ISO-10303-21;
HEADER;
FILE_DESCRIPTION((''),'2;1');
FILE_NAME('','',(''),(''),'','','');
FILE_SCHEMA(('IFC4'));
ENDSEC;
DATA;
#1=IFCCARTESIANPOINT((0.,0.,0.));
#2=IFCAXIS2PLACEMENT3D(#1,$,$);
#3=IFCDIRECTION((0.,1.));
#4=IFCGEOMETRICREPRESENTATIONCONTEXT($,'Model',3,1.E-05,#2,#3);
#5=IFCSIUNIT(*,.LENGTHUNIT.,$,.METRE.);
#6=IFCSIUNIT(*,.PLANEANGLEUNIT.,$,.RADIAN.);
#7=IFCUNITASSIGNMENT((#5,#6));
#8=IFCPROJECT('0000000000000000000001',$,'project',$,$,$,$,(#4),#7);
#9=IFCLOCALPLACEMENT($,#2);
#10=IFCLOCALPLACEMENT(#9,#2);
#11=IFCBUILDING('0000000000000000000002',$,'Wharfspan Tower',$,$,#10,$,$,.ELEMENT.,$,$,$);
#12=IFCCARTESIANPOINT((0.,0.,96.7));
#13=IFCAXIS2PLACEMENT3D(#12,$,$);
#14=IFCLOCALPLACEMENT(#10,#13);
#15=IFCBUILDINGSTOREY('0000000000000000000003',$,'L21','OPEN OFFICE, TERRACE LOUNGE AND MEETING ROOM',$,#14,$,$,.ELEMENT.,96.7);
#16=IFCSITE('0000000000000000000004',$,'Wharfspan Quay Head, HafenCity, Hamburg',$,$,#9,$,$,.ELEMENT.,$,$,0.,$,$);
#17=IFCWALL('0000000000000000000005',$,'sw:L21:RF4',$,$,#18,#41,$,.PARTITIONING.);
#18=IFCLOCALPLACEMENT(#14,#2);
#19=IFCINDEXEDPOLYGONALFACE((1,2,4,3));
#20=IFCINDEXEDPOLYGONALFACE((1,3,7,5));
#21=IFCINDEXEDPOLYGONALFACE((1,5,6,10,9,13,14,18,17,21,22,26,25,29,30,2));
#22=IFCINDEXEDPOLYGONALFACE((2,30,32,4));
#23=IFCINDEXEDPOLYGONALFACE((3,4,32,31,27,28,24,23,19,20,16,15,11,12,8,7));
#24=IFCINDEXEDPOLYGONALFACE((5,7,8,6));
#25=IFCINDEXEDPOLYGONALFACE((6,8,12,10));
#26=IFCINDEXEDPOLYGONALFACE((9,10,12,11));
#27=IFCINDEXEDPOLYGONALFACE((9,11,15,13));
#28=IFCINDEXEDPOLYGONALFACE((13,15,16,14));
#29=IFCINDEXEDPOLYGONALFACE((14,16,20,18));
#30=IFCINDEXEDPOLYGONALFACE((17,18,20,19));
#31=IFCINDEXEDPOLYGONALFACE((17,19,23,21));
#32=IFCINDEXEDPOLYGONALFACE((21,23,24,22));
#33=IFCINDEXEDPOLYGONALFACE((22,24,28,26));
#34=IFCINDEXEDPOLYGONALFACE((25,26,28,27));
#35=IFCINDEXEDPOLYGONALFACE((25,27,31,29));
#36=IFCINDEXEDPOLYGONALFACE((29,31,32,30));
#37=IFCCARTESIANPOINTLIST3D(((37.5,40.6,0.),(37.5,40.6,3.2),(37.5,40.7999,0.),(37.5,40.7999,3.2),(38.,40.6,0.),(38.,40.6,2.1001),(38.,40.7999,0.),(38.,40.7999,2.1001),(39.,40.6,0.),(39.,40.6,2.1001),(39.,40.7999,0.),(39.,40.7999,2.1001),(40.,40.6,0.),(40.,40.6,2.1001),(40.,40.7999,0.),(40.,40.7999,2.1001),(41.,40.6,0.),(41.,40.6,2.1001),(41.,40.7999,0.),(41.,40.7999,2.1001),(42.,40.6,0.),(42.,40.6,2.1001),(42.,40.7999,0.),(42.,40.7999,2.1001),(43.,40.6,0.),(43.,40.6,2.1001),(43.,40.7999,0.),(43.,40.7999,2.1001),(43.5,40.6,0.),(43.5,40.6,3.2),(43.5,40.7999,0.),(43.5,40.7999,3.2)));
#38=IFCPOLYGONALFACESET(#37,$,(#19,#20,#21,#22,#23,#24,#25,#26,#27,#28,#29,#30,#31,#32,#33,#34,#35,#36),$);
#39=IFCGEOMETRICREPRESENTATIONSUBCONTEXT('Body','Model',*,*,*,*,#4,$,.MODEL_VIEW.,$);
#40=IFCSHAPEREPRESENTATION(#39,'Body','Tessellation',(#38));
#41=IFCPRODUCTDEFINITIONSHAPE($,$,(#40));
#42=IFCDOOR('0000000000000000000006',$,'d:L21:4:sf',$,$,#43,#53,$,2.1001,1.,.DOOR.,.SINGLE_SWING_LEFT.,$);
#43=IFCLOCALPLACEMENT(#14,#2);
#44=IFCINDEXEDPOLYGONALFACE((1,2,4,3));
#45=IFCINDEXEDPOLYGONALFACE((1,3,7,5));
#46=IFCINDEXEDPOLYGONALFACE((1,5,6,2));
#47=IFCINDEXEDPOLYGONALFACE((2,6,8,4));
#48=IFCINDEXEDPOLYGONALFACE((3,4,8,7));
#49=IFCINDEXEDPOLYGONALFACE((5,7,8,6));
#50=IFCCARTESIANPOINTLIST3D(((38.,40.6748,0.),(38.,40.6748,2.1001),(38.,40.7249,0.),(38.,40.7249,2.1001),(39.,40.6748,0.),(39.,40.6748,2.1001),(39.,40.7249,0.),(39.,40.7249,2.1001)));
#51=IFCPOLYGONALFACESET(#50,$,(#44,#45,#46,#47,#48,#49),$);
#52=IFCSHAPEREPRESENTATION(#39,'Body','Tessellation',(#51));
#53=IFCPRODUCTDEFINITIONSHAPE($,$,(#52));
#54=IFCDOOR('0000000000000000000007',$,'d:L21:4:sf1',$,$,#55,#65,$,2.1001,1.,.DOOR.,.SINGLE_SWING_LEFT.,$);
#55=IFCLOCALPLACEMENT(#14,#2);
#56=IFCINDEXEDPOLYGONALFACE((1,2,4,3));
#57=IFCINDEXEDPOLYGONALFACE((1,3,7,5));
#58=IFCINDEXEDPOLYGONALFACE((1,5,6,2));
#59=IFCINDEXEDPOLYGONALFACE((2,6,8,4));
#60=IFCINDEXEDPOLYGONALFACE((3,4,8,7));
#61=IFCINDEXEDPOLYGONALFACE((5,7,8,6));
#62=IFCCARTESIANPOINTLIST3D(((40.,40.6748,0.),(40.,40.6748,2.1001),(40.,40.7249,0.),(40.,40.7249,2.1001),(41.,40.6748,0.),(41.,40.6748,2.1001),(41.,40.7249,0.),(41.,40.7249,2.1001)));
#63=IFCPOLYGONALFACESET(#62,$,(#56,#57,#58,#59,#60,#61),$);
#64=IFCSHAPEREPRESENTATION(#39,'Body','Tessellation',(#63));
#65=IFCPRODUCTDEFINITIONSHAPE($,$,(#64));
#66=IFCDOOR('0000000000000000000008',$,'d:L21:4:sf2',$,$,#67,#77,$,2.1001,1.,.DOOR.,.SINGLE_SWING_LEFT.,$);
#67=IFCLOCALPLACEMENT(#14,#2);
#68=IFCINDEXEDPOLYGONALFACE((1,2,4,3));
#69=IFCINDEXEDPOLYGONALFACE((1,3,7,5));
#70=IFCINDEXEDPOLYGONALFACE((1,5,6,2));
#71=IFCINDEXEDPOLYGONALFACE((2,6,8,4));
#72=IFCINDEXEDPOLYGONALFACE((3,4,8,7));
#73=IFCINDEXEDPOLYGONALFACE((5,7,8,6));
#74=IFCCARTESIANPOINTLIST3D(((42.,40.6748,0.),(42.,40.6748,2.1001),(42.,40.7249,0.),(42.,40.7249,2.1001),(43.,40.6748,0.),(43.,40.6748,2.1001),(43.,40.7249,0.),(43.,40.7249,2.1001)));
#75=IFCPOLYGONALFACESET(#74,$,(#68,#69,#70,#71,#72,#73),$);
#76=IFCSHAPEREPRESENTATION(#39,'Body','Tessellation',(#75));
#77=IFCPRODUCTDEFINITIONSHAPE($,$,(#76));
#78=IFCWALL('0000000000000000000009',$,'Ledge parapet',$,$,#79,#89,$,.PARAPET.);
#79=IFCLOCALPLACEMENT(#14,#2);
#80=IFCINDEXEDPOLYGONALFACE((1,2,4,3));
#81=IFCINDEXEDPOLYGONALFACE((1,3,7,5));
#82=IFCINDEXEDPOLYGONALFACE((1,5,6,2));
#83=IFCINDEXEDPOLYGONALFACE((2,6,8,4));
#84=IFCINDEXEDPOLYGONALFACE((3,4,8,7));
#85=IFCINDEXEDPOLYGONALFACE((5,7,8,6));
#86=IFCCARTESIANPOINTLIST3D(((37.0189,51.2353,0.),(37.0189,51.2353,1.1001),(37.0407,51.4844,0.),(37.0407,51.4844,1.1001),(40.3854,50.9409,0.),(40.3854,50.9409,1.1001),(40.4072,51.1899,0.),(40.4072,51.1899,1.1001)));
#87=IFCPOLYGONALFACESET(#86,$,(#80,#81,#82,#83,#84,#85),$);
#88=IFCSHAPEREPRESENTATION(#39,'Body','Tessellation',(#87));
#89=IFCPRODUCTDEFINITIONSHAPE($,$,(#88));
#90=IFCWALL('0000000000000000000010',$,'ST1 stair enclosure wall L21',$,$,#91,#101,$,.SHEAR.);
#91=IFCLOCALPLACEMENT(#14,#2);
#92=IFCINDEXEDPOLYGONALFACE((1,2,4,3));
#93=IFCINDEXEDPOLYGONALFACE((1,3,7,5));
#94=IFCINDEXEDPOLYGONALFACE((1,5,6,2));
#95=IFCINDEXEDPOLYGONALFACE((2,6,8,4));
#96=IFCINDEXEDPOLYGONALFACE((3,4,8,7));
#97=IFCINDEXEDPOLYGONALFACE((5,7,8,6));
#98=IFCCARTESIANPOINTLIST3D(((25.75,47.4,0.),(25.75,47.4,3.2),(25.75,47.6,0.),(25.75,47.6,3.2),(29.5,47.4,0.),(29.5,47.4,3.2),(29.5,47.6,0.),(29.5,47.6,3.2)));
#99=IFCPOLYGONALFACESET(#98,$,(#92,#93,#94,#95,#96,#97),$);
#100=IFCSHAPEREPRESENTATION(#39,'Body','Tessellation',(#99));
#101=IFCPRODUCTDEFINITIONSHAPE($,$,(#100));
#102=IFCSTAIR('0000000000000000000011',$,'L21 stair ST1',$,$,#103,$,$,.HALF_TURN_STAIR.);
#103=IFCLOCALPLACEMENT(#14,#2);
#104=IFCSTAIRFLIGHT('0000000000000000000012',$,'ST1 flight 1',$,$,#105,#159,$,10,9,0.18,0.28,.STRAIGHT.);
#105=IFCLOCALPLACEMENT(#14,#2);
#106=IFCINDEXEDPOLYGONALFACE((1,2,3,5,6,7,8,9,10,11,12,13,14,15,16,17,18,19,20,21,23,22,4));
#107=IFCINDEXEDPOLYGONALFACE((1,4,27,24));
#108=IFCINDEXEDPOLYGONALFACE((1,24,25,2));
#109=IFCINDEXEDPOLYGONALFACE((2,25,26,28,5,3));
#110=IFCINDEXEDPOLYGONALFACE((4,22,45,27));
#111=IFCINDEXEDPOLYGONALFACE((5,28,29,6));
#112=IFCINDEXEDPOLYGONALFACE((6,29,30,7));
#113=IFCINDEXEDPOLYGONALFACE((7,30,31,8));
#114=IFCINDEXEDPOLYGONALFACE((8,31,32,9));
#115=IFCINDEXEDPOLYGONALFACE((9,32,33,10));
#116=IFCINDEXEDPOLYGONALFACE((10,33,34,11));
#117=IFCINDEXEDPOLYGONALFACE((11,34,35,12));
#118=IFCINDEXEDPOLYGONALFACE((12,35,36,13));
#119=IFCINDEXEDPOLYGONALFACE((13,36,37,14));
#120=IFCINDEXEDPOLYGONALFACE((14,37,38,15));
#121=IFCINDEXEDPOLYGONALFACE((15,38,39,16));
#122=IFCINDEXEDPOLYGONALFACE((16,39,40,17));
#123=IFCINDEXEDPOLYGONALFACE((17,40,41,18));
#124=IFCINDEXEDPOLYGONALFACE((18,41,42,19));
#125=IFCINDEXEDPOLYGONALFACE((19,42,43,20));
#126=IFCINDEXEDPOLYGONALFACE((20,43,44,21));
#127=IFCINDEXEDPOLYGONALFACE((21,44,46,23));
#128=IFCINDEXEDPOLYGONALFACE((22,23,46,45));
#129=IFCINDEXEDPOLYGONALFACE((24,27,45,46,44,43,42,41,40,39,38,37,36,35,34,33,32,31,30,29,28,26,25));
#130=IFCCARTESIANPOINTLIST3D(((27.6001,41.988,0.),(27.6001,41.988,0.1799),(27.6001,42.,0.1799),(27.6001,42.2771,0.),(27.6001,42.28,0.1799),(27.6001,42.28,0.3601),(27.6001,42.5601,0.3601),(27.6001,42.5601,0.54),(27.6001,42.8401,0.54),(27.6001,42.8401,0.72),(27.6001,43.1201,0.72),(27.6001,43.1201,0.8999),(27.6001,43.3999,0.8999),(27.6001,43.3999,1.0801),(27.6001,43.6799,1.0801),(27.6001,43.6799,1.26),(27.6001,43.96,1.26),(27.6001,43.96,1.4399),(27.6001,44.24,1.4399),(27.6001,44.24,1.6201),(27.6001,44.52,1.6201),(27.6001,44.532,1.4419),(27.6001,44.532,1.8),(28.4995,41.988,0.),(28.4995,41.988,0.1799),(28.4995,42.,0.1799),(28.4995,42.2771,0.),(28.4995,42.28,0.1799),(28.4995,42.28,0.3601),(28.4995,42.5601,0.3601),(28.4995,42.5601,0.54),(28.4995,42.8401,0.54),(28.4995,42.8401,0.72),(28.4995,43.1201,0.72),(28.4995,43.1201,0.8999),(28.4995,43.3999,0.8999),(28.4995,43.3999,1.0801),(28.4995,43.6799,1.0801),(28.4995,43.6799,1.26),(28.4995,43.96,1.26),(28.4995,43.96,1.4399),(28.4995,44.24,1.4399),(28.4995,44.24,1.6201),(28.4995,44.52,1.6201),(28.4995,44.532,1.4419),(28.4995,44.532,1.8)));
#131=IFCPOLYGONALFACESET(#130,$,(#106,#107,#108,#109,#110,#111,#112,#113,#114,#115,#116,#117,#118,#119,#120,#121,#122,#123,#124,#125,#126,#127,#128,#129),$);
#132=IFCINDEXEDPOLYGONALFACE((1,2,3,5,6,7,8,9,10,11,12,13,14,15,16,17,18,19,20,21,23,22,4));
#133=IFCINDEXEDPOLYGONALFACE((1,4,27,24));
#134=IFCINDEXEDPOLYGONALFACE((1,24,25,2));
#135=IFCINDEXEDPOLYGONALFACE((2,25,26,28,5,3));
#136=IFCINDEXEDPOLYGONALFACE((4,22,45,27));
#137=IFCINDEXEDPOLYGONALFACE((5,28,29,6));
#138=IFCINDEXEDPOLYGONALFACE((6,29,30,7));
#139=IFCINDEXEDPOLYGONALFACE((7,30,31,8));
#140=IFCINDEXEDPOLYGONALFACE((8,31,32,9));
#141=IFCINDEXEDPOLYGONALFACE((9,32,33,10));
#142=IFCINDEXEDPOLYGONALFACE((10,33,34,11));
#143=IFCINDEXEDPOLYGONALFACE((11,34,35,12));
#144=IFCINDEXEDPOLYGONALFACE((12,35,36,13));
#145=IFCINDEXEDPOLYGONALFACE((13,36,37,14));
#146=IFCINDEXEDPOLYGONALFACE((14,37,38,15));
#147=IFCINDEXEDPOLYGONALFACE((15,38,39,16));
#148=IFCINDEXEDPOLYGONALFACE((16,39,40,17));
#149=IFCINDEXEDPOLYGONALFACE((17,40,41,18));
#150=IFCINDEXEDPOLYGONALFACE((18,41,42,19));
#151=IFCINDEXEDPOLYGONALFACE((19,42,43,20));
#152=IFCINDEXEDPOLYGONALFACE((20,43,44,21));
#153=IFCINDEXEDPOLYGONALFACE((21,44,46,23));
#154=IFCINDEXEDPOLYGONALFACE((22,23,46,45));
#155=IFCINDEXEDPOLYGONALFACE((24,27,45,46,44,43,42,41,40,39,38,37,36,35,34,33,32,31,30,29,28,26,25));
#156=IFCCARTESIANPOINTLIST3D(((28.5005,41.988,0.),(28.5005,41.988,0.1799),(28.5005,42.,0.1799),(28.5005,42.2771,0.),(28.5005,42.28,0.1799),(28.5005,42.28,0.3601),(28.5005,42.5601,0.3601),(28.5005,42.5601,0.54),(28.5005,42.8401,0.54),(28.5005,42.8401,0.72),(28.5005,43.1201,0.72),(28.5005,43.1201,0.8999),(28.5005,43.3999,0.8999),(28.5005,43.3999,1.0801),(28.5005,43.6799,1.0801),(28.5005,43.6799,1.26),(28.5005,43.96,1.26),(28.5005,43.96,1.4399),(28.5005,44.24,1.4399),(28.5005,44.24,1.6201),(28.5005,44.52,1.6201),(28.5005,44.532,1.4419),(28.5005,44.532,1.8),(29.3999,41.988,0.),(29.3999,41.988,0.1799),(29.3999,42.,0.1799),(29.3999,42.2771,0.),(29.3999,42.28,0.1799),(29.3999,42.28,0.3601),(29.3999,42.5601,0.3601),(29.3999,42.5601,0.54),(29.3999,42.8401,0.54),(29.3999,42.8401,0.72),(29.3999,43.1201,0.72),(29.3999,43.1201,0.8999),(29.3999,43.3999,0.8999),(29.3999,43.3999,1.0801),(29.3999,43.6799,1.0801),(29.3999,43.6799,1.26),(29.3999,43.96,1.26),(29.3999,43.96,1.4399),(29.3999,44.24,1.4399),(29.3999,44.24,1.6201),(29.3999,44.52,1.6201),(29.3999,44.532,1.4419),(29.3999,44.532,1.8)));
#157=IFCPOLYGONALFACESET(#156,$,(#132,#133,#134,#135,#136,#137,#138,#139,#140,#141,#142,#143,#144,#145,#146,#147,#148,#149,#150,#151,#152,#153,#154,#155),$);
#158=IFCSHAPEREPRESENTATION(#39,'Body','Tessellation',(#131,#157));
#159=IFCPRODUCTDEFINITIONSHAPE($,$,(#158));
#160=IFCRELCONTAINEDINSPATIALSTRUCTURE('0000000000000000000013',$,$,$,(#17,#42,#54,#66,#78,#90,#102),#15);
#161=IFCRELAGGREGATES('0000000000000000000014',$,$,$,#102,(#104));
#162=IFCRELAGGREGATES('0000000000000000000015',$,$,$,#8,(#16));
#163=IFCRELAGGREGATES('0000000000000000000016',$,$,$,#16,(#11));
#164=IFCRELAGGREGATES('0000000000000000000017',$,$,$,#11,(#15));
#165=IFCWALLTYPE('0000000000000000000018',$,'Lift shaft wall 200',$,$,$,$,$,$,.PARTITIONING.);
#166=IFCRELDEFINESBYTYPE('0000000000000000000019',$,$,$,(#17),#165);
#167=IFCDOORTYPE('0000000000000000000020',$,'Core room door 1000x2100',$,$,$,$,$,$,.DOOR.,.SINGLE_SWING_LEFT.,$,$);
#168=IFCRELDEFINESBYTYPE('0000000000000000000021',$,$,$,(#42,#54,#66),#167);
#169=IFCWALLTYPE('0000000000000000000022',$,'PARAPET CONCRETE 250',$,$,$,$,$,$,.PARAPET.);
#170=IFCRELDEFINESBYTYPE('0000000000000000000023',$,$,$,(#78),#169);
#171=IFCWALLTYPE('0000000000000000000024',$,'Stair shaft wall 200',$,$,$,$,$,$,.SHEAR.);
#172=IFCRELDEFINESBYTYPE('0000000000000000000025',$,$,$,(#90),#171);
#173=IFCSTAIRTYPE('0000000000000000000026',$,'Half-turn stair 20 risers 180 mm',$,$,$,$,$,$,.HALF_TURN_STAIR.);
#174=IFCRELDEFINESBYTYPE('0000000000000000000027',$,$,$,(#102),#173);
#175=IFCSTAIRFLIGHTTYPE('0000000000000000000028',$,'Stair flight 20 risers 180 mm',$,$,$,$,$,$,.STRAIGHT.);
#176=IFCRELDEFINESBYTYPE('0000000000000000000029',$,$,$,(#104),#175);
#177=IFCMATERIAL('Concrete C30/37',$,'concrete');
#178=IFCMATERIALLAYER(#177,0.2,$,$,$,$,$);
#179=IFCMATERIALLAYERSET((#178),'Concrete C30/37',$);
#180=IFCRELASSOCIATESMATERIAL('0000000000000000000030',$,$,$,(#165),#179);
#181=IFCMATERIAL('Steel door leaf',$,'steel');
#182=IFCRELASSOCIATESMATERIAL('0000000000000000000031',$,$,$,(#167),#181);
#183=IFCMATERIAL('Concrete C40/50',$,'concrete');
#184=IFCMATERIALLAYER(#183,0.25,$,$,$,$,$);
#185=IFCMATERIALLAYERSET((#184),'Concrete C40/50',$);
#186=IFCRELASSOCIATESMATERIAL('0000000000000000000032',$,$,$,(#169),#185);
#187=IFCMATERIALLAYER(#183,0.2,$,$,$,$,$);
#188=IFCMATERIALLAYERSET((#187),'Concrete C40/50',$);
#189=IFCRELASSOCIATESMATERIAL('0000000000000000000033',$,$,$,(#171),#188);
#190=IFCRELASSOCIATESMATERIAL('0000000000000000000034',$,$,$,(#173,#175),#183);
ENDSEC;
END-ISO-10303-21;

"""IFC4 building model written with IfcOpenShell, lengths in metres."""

from ifc_helpers import new_model, si_unit, direction, frame, frame_2d, origin, place, context, subcontext, project, spatial, polyline, rectangle, outline, extrude, material, layer, layer_set, type_object, element, fill, aggregate, save


model = new_model("IFC4")

# Units and contexts
model_context = context("Model", 3, precision=1e-05, world=origin(), true_north=direction((0.0, 1.0)))
body_context = subcontext(model_context, "Body", "Model", "MODEL_VIEW")
ifc_project = project(units=[si_unit("LENGTHUNIT", "METRE"), si_unit("PLANEANGLEUNIT", "RADIAN")], contexts=[model_context])

# Site, building, storey
site_placement = place(None, origin())
site = spatial("IfcSite", under=ifc_project, at=site_placement, Name="Wharfspan Quay Head, HafenCity, Hamburg", CompositionType="ELEMENT", RefElevation=0.0)
building_placement = place(site_placement, origin())
building = spatial("IfcBuilding", under=site, at=building_placement, Name="Wharfspan Tower", CompositionType="ELEMENT")
storey_placement = place(building_placement, frame((0.0, 0.0, 96.7)))
storey = spatial("IfcBuildingStorey", under=building, at=storey_placement, Name="L21", Description="OPEN OFFICE, TERRACE LOUNGE AND MEETING ROOM", CompositionType="ELEMENT", Elevation=96.7)

# Wall, openings, doors
ifc_material_1 = material(Name="Concrete C30/37", Category="concrete")
ifc_layer_1 = layer(ifc_material_1, 0.2)
ifc_layer_set_1 = layer_set([ifc_layer_1], Name="Concrete C30/37")
wall_type_1 = type_object("IfcWallType", Name="Lift shaft wall 200", PredefinedType="PARTITIONING", material=ifc_layer_set_1)
ifc_material_2 = material(Name="Steel door leaf", Category="steel")
door_type = type_object("IfcDoorType", Name="Core room door 1000x2100", OperationType="SINGLE_SWING_LEFT", PredefinedType="DOOR", material=ifc_material_2)
wall_1_placement = place(storey_placement, frame((37.5, 40.7, 0.0), z_axis=(0.0, 0.0, 1.0), x_axis=(1.0, 0.0, 0.0)))
wall_1 = element("IfcWall", 1, at=wall_1_placement, inside=storey, type_object=wall_type_1, Name="sw:L21:RF4", PredefinedType="PARTITIONING", context=body_context, shape_type="SweptSolid", body=[
    extrude(rectangle(XDim=6.0, YDim=0.2, at=frame_2d((3.0, 0.0))), origin(), (0.0, 0.0, 1.0), 3.2),
])
opening_1_placement = place(wall_1_placement, frame((0.5, 0.0, 0.0)))
opening_1 = element("IfcOpeningElement", 2, at=opening_1_placement, cuts=wall_1, PredefinedType="OPENING", context=body_context, shape_type="SweptSolid", body=[
    extrude(rectangle(XDim=1.0, YDim=2.1001, at=frame_2d((0.5, 1.05))), frame((0.0, 0.1099, 0.0), z_axis=(0.0, -1.0, 0.0), x_axis=(1.0, 0.0, 0.0)), (0.0, 0.0, 1.0), 0.22),
])
opening_2_placement = place(wall_1_placement, frame((2.5, 0.0, 0.0)))
opening_2 = element("IfcOpeningElement", 3, at=opening_2_placement, cuts=wall_1, PredefinedType="OPENING", context=body_context, shape_type="SweptSolid", body=[
    extrude(rectangle(XDim=1.0, YDim=2.1001, at=frame_2d((0.5, 1.05))), frame((0.0, 0.1099, 0.0), z_axis=(0.0, -1.0, 0.0), x_axis=(1.0, 0.0, 0.0)), (0.0, 0.0, 1.0), 0.22),
])
opening_3_placement = place(wall_1_placement, frame((4.5, 0.0, 0.0)))
opening_3 = element("IfcOpeningElement", 4, at=opening_3_placement, cuts=wall_1, PredefinedType="OPENING", context=body_context, shape_type="SweptSolid", body=[
    extrude(rectangle(XDim=1.0, YDim=2.1001, at=frame_2d((0.5, 1.05))), frame((0.0, 0.1099, 0.0), z_axis=(0.0, -1.0, 0.0), x_axis=(1.0, 0.0, 0.0)), (0.0, 0.0, 1.0), 0.22),
])
door_1_placement = place(opening_1_placement, origin())
door_1 = element("IfcDoor", 5, at=door_1_placement, inside=storey, type_object=door_type, Name="d:L21:4:sf", OperationType="SINGLE_SWING_LEFT", OverallHeight=2.1001, OverallWidth=1.0, PredefinedType="DOOR", context=body_context, shape_type="SweptSolid", body=[
    extrude(rectangle(XDim=1.0, YDim=2.1001, at=frame_2d((0.5, 1.05))), frame((0.0, 0.0249, 0.0), z_axis=(0.0, -1.0, 0.0), x_axis=(1.0, 0.0, 0.0)), (0.0, 0.0, 1.0), 0.05),
])
fill(opening_1, door_1)
door_2_placement = place(opening_2_placement, origin())
door_2 = element("IfcDoor", 6, at=door_2_placement, inside=storey, type_object=door_type, Name="d:L21:4:sf1", OperationType="SINGLE_SWING_LEFT", OverallHeight=2.1001, OverallWidth=1.0, PredefinedType="DOOR", context=body_context, shape_type="SweptSolid", body=[
    extrude(rectangle(XDim=1.0, YDim=2.1001, at=frame_2d((0.5, 1.05))), frame((0.0, 0.0249, 0.0), z_axis=(0.0, -1.0, 0.0), x_axis=(1.0, 0.0, 0.0)), (0.0, 0.0, 1.0), 0.05),
])
fill(opening_2, door_2)
door_3_placement = place(opening_3_placement, origin())
door_3 = element("IfcDoor", 7, at=door_3_placement, inside=storey, type_object=door_type, Name="d:L21:4:sf2", OperationType="SINGLE_SWING_LEFT", OverallHeight=2.1001, OverallWidth=1.0, PredefinedType="DOOR", context=body_context, shape_type="SweptSolid", body=[
    extrude(rectangle(XDim=1.0, YDim=2.1001, at=frame_2d((0.5, 1.05))), frame((0.0, 0.0249, 0.0), z_axis=(0.0, -1.0, 0.0), x_axis=(1.0, 0.0, 0.0)), (0.0, 0.0, 1.0), 0.05),
])
fill(opening_3, door_3)

# Walls
ifc_material_3 = material(Name="Concrete C40/50", Category="concrete")
ifc_layer_2 = layer(ifc_material_3, 0.25)
ifc_layer_set_2 = layer_set([ifc_layer_2], Name="Concrete C40/50")
wall_type_2 = type_object("IfcWallType", Name="PARAPET CONCRETE 250", PredefinedType="PARAPET", material=ifc_layer_set_2)
wall_2_placement = place(storey_placement, frame((37.0298, 51.3599, 0.0), z_axis=(0.0, 0.0, 1.0), x_axis=(0.996193, -0.087128, 0.0)))
element("IfcWall", 8, at=wall_2_placement, inside=storey, type_object=wall_type_2, Name="Ledge parapet", PredefinedType="PARAPET", context=body_context, shape_type="SweptSolid", body=[
    extrude(rectangle(XDim=3.3794, YDim=0.25, at=frame_2d((1.6897, 0.0))), origin(), (0.0, 0.0, 1.0), 1.1001),
])
ifc_layer_3 = layer(ifc_material_3, 0.2)
ifc_layer_set_3 = layer_set([ifc_layer_3], Name="Concrete C40/50")
wall_type_3 = type_object("IfcWallType", Name="Stair shaft wall 200", PredefinedType="SHEAR", material=ifc_layer_set_3)
wall_3_placement = place(storey_placement, frame((25.75, 47.5, 0.0), z_axis=(0.0, 0.0, 1.0), x_axis=(1.0, 0.0, 0.0)))
element("IfcWall", 9, at=wall_3_placement, inside=storey, type_object=wall_type_3, Name="ST1 stair enclosure wall L21", PredefinedType="SHEAR", context=body_context, shape_type="SweptSolid", body=[
    extrude(rectangle(XDim=3.75, YDim=0.2, at=frame_2d((1.875, 0.0))), origin(), (0.0, 0.0, 1.0), 3.2),
])

# Stair, stair flight
stair_type = type_object("IfcStairType", Name="Half-turn stair 20 risers 180 mm", PredefinedType="HALF_TURN_STAIR", material=ifc_material_3)
stair_placement = place(storey_placement, origin())
stair = element("IfcStair", 10, at=stair_placement, inside=storey, type_object=stair_type, Name="L21 stair ST1", PredefinedType="HALF_TURN_STAIR")
stair_flight_type = type_object("IfcStairFlightType", Name="Stair flight 20 risers 180 mm", PredefinedType="STRAIGHT", material=ifc_material_3)
stair_flight_1_placement = place(storey_placement, frame((28.5, 42.0, 0.0), z_axis=(0.0, 0.0, 1.0), x_axis=(0.0, 1.0, 0.0)))
stair_flight_1 = element("IfcStairFlight", 11, at=stair_flight_1_placement, type_object=stair_flight_type, Name="ST1 flight 1", NumberOfRisers=10, NumberOfTreads=9, PredefinedType="STRAIGHT", RiserHeight=0.18, TreadLength=0.28, context=body_context, shape_type="SweptSolid", body=[
    extrude(outline(polyline([(-0.012, 0.0), (-0.012, 0.1799), (0.0, 0.1799), (0.28, 0.1799), (0.28, 0.3601), (0.5601, 0.3601), (0.5601, 0.54), (0.8401, 0.54), (0.8401, 0.72), (1.1201, 0.72), (1.1201, 0.8999), (1.3999, 0.8999), (1.3999, 1.0801), (1.6799, 1.0801), (1.6799, 1.26), (1.96, 1.26), (1.96, 1.4399), (2.24, 1.4399), (2.24, 1.6201), (2.52, 1.6201), (2.532, 1.8), (2.532, 1.4419), (0.2771, 0.0), (-0.012, 0.0)])), frame((0.0, 0.8999, 0.0), z_axis=(0.0, -1.0, 0.0), x_axis=(1.0, 0.0, 0.0)), (0.0, 0.0, 1.0), 0.8994),
    extrude(outline(polyline([(-0.012, 0.0), (-0.012, 0.1799), (0.0, 0.1799), (0.28, 0.1799), (0.28, 0.3601), (0.5601, 0.3601), (0.5601, 0.54), (0.8401, 0.54), (0.8401, 0.72), (1.1201, 0.72), (1.1201, 0.8999), (1.3999, 0.8999), (1.3999, 1.0801), (1.6799, 1.0801), (1.6799, 1.26), (1.96, 1.26), (1.96, 1.4399), (2.24, 1.4399), (2.24, 1.6201), (2.52, 1.6201), (2.532, 1.8), (2.532, 1.4419), (0.2771, 0.0), (-0.012, 0.0)])), frame((0.0, -0.0005, 0.0), z_axis=(0.0, -1.0, 0.0), x_axis=(1.0, 0.0, 0.0)), (0.0, 0.0, 1.0), 0.8994),
])
aggregate(stair, [stair_flight_1])

save(model, "model.ifc")
